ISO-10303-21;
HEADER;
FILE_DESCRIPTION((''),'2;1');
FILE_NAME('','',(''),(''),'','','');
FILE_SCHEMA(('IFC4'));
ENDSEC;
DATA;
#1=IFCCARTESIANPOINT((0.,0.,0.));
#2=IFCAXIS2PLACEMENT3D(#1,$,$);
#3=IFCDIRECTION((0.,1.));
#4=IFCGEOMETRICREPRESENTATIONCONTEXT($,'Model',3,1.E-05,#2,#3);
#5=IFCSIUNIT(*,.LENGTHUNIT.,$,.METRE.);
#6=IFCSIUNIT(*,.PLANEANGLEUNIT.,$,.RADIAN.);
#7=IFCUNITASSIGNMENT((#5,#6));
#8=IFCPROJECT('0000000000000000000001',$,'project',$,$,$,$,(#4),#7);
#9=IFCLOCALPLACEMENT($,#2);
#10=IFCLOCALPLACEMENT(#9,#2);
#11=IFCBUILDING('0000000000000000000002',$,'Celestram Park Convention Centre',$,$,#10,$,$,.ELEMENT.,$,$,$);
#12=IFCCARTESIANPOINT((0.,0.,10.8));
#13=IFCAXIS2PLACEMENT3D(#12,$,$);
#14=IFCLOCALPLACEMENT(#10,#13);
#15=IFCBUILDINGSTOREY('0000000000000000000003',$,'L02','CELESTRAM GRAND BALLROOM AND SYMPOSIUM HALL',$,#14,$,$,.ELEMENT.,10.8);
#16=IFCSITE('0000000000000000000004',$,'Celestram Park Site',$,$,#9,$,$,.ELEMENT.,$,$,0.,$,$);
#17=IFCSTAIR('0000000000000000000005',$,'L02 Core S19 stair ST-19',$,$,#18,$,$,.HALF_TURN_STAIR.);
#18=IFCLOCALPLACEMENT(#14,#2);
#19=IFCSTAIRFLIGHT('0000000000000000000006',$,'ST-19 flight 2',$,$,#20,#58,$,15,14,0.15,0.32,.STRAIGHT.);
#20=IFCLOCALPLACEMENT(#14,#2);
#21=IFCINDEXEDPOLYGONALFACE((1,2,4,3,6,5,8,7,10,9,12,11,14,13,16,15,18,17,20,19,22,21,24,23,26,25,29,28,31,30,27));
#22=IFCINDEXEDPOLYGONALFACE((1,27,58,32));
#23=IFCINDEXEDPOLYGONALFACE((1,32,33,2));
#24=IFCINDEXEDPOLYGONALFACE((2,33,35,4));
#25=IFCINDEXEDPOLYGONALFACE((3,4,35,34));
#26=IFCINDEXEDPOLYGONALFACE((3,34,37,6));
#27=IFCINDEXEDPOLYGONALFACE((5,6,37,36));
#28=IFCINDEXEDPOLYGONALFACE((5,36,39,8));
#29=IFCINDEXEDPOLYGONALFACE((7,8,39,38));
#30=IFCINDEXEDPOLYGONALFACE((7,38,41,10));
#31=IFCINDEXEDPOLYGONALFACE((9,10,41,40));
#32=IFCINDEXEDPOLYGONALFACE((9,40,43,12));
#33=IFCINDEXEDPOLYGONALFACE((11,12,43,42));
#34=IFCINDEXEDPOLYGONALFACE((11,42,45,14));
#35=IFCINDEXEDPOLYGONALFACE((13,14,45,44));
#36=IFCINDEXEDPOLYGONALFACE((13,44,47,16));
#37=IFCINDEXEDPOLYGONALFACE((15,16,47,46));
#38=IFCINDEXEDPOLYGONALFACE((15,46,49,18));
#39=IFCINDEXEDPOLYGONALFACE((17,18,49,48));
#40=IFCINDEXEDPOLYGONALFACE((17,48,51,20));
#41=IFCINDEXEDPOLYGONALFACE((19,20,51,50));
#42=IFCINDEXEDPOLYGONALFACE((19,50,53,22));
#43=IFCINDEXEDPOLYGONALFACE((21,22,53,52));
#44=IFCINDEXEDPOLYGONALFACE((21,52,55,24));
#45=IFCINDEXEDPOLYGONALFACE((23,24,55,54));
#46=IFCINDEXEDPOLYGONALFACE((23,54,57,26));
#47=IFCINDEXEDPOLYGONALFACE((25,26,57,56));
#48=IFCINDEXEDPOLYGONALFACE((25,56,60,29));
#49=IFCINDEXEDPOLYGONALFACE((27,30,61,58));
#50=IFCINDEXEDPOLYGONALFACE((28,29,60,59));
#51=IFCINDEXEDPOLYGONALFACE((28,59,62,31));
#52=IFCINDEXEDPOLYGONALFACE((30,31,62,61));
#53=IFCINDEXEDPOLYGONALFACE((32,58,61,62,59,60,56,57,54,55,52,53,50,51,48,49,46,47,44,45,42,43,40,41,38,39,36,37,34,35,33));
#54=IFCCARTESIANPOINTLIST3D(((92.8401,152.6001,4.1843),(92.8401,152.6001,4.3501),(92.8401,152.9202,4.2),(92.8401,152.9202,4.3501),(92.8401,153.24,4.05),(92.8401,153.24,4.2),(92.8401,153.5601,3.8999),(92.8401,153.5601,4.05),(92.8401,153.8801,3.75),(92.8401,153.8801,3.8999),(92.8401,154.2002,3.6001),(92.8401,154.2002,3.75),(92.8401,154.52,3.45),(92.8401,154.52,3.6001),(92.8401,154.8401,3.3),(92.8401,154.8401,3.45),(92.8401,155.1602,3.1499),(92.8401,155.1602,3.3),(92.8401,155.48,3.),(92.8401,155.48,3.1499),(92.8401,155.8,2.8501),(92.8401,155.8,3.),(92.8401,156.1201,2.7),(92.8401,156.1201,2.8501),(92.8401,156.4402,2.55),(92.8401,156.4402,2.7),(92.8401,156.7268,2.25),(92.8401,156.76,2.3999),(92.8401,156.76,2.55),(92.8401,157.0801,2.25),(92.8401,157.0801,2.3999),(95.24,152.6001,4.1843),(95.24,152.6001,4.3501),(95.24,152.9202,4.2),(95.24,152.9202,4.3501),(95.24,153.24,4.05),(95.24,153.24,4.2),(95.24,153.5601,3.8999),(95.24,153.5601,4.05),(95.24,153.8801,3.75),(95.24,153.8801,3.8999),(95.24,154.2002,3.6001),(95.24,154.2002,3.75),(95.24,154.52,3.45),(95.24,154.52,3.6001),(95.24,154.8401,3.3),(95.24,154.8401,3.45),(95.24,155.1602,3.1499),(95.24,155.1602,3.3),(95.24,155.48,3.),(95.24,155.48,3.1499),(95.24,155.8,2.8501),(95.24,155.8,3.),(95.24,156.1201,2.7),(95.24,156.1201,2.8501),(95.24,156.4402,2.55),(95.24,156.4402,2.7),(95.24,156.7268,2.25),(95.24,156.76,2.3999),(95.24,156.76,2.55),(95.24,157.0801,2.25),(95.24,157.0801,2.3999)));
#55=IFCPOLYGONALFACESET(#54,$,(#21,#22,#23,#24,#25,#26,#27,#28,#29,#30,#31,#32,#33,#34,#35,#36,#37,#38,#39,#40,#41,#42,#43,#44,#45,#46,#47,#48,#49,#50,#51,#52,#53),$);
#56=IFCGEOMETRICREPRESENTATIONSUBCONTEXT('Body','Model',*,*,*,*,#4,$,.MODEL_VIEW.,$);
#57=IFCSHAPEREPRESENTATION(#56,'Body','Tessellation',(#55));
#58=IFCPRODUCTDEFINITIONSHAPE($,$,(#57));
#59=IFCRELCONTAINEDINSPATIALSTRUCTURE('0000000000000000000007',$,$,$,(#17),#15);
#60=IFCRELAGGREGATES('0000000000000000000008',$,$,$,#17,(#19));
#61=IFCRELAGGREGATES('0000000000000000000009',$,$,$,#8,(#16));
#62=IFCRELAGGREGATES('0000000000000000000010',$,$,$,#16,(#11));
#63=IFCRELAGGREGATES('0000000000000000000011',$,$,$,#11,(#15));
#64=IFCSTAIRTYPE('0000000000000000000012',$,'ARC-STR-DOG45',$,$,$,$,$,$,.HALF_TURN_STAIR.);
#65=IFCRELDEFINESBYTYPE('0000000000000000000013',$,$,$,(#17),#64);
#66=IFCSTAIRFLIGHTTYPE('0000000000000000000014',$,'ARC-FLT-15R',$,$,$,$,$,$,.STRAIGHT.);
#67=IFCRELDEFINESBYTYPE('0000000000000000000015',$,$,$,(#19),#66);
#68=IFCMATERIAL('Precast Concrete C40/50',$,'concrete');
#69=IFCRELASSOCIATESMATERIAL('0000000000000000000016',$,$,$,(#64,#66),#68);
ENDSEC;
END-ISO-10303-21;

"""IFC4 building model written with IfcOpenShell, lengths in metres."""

from ifc_helpers import new_model, si_unit, direction, frame, origin, place, context, subcontext, project, spatial, polyline, outline, extrude, material, type_object, element, aggregate, save


model = new_model("IFC4")

# Units and contexts
model_context = context("Model", 3, precision=1e-05, world=origin(), true_north=direction((0.0, 1.0)))
body_context = subcontext(model_context, "Body", "Model", "MODEL_VIEW")
ifc_project = project(units=[si_unit("LENGTHUNIT", "METRE"), si_unit("PLANEANGLEUNIT", "RADIAN")], contexts=[model_context])

# Site, building, storey
site_placement = place(None, origin())
site = spatial("IfcSite", under=ifc_project, at=site_placement, Name="Celestram Park Site", CompositionType="ELEMENT", RefElevation=0.0)
building_placement = place(site_placement, origin())
building = spatial("IfcBuilding", under=site, at=building_placement, Name="Celestram Park Convention Centre", CompositionType="ELEMENT")
storey_placement = place(building_placement, frame((0.0, 0.0, 10.8)))
storey = spatial("IfcBuildingStorey", under=building, at=storey_placement, Name="L02", Description="CELESTRAM GRAND BALLROOM AND SYMPOSIUM HALL", CompositionType="ELEMENT", Elevation=10.8)

# Shared definitions
ifc_material_1 = material(Name="Precast Concrete C40/50", Category="concrete")
stair_type = type_object("IfcStairType", Name="ARC-STR-DOG45", PredefinedType="HALF_TURN_STAIR", material=ifc_material_1)
stair_flight_type = type_object("IfcStairFlightType", Name="ARC-FLT-15R", PredefinedType="STRAIGHT", material=ifc_material_1)

# Stair, stair flight
stair_1_placement = place(storey_placement, origin())
stair_1 = element("IfcStair", 1, at=stair_1_placement, inside=storey, type_object=stair_type, Name="L02 Core S19 stair ST-19", PredefinedType="HALF_TURN_STAIR")
stair_flight_1_placement = place(storey_placement, frame((94.04, 157.0801, 2.25), z_axis=(0.0, 0.0, 1.0), x_axis=(0.0, -1.0, 0.0)))
stair_flight_1 = element("IfcStairFlight", 2, at=stair_flight_1_placement, type_object=stair_flight_type, Name="ST-19 flight 2", NumberOfRisers=15, NumberOfTreads=14, PredefinedType="STRAIGHT", RiserHeight=0.15, TreadLength=0.32, context=body_context, shape_type="SweptSolid", body=[
    extrude(outline(polyline([(0.0, 0.0), (0.0, 0.1499), (0.3201, 0.1499), (0.3201, 0.3), (0.6399, 0.3), (0.6399, 0.45), (0.96, 0.45), (0.96, 0.6001), (1.28, 0.6001), (1.28, 0.75), (1.6001, 0.75), (1.6001, 0.8999), (1.9199, 0.8999), (1.9199, 1.05), (2.24, 1.05), (2.24, 1.2), (2.5601, 1.2), (2.5601, 1.3501), (2.8799, 1.3501), (2.8799, 1.5), (3.2, 1.5), (3.2, 1.6499), (3.52, 1.6499), (3.52, 1.8), (3.8401, 1.8), (3.8401, 1.95), (4.1599, 1.95), (4.1599, 2.1001), (4.48, 2.1001), (4.48, 2.25), (4.48, 1.9343), (0.3533, 0.0), (0.0, 0.0)])), frame((0.0, 1.2, 0.0), z_axis=(0.0, -1.0, 0.0), x_axis=(1.0, 0.0, 0.0)), (0.0, 0.0, 1.0), 2.3999),
])
aggregate(stair_1, [stair_flight_1])

save(model, "model.ifc")
